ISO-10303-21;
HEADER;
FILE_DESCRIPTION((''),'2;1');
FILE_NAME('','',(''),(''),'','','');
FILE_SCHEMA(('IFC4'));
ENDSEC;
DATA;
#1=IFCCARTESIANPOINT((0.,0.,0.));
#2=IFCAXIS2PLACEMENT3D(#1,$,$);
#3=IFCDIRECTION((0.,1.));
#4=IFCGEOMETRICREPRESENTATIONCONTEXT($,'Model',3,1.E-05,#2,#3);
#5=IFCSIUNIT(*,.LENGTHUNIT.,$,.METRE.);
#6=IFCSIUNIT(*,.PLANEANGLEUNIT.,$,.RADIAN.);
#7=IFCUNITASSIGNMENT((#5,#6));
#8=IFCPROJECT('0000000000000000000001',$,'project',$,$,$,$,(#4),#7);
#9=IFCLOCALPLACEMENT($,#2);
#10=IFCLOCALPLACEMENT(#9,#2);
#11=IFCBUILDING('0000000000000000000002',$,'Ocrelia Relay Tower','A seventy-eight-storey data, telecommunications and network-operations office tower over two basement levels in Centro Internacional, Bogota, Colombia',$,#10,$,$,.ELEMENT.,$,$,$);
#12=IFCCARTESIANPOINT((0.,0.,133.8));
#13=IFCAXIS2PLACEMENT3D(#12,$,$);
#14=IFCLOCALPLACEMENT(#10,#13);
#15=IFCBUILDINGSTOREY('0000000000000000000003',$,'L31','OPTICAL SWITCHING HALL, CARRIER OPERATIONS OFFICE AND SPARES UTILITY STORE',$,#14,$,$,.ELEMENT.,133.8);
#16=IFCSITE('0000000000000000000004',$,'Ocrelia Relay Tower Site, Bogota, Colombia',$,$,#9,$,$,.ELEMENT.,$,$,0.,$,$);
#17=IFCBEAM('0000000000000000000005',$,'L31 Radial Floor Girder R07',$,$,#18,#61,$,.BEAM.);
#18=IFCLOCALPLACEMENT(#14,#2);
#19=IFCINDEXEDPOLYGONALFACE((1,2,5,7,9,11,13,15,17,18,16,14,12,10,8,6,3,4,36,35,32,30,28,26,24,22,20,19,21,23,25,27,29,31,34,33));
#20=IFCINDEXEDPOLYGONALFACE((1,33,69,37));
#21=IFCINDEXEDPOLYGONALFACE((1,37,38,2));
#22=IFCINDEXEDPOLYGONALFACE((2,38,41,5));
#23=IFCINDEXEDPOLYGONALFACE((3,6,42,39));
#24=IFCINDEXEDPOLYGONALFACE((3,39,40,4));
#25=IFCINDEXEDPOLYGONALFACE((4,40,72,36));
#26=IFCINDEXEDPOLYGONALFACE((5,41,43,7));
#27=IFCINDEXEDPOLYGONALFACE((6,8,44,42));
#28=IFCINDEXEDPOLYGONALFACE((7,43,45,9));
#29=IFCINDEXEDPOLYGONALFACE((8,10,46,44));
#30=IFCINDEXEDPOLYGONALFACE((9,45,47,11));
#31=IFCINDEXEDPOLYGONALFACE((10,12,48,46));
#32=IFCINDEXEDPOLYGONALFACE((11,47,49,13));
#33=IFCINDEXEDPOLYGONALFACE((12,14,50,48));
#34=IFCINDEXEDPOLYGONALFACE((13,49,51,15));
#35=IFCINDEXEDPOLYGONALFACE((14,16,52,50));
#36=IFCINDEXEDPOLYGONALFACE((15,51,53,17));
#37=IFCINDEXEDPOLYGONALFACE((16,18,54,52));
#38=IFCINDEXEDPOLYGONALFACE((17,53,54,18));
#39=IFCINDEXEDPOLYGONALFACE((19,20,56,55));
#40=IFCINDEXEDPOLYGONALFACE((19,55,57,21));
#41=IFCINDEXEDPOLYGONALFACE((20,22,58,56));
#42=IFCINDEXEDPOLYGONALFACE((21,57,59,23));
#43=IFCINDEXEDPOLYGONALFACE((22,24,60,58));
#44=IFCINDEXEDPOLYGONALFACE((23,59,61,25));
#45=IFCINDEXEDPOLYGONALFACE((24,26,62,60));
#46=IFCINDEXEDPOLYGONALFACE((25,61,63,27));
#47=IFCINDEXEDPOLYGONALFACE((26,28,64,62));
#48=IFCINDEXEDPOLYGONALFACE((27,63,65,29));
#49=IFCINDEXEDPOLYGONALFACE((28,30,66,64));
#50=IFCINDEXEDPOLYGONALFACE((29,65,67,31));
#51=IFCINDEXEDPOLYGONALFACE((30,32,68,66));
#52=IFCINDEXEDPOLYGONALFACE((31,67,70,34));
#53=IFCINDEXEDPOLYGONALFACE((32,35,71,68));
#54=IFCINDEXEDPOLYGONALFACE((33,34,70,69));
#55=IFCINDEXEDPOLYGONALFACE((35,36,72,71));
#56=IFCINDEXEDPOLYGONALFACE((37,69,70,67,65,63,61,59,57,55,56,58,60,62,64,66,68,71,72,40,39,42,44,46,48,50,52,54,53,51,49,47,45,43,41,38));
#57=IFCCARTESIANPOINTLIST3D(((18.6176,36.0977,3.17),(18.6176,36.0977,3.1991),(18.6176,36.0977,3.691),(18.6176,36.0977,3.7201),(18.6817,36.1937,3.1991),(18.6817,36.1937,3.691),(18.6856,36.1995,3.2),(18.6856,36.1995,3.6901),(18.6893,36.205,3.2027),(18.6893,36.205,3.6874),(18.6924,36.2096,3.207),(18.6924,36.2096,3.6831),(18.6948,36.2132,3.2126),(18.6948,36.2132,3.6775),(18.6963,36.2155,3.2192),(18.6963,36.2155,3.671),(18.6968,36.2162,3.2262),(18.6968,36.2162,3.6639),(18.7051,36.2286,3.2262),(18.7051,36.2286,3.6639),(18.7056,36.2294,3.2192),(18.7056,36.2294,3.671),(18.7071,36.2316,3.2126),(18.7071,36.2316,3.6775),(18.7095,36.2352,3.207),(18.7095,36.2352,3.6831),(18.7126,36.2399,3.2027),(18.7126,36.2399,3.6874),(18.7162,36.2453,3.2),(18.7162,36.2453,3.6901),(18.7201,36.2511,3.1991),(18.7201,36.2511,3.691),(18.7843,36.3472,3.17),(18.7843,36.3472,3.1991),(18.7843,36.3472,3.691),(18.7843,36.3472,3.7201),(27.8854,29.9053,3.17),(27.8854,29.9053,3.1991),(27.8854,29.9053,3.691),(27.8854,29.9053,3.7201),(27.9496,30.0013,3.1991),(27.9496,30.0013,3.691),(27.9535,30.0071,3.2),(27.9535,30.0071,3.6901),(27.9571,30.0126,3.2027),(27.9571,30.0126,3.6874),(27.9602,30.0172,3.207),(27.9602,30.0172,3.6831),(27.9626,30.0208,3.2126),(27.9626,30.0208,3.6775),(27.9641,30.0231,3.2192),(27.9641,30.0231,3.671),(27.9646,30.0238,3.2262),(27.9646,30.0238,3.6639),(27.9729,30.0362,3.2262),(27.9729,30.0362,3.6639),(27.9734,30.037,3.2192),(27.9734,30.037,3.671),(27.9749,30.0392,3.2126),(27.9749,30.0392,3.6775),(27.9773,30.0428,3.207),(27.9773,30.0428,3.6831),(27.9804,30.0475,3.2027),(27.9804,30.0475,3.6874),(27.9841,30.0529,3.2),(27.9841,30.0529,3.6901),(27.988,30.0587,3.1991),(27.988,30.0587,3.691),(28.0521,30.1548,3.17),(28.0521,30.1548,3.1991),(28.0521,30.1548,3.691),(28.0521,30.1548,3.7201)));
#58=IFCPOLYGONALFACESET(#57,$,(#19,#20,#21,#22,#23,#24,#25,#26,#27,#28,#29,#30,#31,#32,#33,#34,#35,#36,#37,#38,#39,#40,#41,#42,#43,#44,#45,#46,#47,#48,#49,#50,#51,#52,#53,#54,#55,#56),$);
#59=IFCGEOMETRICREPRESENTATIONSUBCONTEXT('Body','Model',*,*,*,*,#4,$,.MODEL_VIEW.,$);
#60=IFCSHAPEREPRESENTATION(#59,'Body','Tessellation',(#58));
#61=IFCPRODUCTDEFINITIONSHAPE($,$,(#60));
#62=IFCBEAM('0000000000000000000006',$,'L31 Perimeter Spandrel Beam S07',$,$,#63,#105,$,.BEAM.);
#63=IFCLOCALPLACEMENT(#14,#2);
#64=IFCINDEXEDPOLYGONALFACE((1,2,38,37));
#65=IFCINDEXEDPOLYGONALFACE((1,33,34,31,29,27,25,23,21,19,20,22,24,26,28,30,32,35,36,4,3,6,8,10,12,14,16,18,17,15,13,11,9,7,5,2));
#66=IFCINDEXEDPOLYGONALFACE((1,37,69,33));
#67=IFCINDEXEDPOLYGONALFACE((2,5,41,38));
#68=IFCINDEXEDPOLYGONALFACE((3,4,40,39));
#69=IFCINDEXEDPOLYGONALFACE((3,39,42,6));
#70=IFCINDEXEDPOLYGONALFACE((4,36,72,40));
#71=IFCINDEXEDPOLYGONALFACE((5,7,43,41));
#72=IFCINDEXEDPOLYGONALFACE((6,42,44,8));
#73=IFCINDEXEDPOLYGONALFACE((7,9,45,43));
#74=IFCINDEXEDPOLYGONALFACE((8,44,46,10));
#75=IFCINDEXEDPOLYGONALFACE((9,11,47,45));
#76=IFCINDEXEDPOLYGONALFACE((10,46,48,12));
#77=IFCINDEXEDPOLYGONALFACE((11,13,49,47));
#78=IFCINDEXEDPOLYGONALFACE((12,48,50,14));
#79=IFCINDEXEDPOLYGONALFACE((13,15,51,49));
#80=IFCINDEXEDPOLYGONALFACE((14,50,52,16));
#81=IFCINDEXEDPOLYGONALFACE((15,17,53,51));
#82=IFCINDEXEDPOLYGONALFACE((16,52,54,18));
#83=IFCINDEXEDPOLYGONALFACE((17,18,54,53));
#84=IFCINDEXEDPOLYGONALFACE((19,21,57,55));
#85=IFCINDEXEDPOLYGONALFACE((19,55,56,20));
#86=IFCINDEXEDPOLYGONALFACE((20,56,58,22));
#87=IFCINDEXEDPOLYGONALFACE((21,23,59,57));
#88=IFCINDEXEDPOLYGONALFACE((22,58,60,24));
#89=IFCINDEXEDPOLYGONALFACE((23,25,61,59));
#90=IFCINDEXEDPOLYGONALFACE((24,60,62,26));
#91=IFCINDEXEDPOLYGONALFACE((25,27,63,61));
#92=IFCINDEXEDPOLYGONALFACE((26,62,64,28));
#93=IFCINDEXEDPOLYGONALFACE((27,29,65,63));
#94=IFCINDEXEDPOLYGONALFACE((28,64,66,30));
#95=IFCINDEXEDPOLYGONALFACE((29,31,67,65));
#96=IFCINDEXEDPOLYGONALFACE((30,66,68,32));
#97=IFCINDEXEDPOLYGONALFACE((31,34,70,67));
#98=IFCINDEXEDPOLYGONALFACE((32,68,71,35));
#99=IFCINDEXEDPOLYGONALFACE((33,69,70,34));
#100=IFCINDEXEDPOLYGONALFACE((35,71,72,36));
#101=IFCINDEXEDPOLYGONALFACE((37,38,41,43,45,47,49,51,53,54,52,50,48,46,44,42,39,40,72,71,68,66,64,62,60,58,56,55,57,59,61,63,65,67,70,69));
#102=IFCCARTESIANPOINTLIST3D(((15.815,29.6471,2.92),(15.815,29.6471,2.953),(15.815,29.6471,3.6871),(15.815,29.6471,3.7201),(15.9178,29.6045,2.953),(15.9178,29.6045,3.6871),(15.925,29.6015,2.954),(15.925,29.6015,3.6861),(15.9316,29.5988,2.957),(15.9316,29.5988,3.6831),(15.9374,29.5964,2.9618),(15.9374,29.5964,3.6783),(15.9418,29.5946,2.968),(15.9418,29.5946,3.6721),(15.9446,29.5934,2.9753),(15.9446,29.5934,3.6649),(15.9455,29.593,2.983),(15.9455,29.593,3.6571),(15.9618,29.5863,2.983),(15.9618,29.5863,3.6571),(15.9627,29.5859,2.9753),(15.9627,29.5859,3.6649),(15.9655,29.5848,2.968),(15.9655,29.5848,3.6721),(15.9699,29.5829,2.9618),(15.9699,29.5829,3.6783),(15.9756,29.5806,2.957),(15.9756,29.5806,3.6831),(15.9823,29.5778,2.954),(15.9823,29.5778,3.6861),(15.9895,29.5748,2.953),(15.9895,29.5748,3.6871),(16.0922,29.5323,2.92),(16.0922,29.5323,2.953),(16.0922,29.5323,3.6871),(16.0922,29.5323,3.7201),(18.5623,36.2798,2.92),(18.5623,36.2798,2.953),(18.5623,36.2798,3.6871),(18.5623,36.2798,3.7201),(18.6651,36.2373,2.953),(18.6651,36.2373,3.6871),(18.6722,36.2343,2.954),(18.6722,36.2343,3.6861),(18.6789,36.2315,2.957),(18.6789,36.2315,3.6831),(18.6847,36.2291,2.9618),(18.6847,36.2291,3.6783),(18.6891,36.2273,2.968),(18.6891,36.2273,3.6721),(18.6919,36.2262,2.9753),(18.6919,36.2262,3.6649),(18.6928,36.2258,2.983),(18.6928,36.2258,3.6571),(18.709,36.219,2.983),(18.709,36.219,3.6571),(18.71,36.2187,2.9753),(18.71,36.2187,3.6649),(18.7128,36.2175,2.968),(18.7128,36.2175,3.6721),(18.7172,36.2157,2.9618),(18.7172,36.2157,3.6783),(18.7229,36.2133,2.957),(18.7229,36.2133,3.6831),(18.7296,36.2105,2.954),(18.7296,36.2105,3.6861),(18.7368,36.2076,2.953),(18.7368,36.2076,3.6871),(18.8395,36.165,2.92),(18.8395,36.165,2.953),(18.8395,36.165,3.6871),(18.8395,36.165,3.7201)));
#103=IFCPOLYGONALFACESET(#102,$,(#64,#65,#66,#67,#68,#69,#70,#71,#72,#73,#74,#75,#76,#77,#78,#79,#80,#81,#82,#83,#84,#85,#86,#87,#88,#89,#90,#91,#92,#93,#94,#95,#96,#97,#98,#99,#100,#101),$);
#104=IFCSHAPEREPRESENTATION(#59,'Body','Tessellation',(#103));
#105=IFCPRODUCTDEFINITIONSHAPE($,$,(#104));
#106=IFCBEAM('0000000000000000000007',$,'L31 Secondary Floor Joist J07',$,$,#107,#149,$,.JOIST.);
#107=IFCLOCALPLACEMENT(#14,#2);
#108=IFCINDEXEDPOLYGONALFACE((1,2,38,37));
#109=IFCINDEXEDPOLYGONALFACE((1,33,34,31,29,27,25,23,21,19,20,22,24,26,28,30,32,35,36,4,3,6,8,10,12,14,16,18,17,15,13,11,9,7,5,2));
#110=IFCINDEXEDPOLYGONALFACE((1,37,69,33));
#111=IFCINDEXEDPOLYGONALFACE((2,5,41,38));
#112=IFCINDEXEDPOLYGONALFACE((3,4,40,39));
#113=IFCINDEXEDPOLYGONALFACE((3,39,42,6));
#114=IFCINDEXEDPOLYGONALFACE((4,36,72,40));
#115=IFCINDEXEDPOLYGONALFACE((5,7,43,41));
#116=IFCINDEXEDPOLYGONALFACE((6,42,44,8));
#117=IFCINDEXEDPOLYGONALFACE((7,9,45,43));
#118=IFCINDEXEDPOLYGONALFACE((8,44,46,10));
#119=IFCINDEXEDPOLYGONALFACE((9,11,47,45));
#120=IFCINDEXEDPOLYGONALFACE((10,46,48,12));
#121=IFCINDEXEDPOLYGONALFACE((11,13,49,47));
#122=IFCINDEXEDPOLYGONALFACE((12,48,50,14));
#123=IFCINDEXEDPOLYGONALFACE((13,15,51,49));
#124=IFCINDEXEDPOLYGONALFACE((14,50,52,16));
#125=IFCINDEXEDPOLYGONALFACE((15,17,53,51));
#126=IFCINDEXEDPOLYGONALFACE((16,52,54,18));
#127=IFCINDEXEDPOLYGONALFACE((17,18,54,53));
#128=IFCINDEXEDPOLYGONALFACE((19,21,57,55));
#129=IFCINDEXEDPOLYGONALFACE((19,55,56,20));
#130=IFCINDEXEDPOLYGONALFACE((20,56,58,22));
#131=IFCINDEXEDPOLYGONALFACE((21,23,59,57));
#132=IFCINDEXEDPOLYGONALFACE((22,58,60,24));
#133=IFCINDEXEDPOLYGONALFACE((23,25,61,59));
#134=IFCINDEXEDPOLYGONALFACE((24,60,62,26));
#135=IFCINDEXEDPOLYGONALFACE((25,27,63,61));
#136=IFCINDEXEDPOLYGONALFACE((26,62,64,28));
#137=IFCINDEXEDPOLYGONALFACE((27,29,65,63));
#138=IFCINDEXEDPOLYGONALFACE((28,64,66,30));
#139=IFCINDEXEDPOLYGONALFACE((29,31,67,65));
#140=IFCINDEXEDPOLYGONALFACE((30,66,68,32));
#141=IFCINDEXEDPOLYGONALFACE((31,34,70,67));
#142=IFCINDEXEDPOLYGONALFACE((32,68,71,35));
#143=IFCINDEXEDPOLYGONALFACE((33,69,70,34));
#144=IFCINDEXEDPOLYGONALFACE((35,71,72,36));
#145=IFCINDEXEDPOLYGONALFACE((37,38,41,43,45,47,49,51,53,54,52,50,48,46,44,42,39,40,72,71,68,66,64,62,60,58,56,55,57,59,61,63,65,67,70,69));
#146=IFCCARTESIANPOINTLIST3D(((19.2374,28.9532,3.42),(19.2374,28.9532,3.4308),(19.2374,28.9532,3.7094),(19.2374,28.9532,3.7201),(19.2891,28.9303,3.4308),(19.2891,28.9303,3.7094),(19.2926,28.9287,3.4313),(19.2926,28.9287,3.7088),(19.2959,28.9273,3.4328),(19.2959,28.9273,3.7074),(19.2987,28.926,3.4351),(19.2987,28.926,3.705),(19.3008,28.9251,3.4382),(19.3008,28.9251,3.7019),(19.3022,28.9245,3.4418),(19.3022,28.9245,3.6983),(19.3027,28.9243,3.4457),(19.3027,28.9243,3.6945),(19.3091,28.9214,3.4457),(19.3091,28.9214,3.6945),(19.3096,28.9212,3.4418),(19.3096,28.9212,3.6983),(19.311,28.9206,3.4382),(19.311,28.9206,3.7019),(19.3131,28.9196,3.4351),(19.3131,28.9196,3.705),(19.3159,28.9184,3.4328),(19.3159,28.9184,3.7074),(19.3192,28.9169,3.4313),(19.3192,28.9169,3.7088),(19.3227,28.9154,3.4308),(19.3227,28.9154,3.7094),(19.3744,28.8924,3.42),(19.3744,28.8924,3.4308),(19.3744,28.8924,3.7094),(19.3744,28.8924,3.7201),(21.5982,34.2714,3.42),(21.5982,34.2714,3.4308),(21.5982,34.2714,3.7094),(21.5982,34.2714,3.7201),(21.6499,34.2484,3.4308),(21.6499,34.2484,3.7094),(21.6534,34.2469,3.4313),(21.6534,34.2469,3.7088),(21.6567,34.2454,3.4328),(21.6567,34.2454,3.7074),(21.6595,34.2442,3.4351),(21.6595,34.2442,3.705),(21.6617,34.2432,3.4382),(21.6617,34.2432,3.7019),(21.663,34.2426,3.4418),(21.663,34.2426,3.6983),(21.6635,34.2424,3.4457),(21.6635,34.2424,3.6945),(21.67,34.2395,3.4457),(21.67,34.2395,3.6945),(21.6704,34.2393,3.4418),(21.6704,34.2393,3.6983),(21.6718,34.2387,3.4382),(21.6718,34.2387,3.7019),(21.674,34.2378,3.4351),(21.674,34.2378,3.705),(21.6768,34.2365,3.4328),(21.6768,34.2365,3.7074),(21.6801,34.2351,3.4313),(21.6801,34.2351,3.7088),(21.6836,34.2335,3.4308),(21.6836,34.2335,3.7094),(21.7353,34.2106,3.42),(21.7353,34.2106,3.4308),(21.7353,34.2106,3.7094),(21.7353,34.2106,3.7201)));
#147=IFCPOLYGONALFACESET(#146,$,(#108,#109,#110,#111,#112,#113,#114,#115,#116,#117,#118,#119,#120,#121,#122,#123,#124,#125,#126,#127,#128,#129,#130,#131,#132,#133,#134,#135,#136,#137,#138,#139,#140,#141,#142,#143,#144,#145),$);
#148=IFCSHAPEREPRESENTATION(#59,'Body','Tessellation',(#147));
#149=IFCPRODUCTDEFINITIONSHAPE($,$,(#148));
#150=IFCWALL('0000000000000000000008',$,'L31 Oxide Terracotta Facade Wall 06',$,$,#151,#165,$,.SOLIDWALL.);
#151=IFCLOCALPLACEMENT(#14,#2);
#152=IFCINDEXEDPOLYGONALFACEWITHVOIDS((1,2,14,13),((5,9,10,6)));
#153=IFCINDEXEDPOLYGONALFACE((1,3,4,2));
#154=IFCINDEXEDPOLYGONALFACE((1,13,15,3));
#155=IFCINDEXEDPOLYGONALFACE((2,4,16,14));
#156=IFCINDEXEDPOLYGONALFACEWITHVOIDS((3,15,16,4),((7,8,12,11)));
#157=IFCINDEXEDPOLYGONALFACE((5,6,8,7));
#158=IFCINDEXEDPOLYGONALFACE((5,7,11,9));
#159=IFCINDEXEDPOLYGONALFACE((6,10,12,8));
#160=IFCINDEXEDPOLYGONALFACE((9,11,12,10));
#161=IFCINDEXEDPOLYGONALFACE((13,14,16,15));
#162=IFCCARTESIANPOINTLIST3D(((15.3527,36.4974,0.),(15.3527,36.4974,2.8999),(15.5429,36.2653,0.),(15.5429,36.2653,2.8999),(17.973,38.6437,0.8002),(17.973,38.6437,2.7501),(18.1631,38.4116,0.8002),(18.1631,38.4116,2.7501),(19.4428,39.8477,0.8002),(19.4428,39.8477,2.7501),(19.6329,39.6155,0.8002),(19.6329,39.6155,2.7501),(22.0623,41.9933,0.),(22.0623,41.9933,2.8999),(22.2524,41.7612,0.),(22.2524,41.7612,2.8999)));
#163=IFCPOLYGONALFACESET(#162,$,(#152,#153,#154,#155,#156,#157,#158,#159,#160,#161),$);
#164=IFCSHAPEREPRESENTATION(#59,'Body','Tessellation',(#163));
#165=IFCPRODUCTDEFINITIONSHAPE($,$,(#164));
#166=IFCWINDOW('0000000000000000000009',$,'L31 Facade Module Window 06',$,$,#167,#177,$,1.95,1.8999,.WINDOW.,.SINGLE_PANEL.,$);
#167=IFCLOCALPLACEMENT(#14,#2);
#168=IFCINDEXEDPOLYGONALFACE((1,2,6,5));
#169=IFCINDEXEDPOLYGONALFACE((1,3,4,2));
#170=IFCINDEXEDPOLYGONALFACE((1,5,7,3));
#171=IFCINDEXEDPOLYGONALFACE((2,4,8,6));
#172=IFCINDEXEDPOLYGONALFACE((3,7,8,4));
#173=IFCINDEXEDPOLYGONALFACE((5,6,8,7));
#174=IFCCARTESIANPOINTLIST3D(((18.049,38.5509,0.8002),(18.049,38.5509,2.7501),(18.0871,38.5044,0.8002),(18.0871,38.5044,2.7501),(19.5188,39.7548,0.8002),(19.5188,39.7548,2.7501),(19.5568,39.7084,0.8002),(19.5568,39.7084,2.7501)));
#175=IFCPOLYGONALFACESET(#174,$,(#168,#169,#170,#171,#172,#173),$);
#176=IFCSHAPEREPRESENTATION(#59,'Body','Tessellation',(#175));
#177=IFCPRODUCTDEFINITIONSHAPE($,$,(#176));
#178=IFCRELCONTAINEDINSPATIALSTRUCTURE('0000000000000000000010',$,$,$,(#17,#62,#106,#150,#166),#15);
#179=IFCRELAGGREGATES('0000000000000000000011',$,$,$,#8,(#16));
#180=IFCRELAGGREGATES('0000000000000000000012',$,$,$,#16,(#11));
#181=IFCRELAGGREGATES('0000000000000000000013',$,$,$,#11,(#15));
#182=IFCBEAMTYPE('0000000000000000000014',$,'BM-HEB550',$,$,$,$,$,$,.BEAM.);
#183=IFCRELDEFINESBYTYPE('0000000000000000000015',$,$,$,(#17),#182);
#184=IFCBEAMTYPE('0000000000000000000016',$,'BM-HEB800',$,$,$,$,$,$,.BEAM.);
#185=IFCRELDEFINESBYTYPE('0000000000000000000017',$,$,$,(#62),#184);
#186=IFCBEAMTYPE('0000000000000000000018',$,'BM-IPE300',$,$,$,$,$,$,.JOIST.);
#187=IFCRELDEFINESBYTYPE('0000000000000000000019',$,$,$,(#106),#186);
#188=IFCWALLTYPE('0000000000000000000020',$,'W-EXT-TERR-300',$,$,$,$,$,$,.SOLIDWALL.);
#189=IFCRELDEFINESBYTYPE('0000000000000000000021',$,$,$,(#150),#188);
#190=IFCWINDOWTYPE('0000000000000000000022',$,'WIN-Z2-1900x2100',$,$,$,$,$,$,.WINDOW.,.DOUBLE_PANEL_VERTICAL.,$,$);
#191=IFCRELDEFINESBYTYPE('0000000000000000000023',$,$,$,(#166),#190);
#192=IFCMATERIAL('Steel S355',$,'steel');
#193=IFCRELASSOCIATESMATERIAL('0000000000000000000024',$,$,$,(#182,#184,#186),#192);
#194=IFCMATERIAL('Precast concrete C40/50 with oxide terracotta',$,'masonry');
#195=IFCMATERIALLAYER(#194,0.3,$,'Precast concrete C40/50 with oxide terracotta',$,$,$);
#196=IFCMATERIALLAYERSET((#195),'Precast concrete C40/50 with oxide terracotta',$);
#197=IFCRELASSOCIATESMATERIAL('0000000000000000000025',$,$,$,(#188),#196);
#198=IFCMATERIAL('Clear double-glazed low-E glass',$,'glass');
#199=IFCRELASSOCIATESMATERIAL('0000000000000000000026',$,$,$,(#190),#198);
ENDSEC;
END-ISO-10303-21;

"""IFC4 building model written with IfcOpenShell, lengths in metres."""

from ifc_helpers import new_model, si_unit, direction, frame, frame_2d, origin, origin_2d, place, context, subcontext, project, spatial, rectangle, i_section, extrude, material, layer, layer_set, material_profile, profile_set, type_object, element, fill, save


model = new_model("IFC4")

# Units and contexts
model_context = context("Model", 3, precision=1e-05, world=origin(), true_north=direction((0.0, 1.0)))
body_context = subcontext(model_context, "Body", "Model", "MODEL_VIEW")
ifc_project = project(units=[si_unit("LENGTHUNIT", "METRE"), si_unit("PLANEANGLEUNIT", "RADIAN")], contexts=[model_context])

# Site, building, storey
site_placement = place(None, origin())
site = spatial("IfcSite", under=ifc_project, at=site_placement, Name="Ocrelia Relay Tower Site, Bogota, Colombia", CompositionType="ELEMENT", RefElevation=0.0)
building_placement = place(site_placement, origin())
building = spatial("IfcBuilding", under=site, at=building_placement, Name="Ocrelia Relay Tower", Description="A seventy-eight-storey data, telecommunications and network-operations office tower over two basement levels in Centro Internacional, Bogota, Colombia", CompositionType="ELEMENT")
storey_placement = place(building_placement, frame((0.0, 0.0, 133.8)))
storey = spatial("IfcBuildingStorey", under=building, at=storey_placement, Name="L31", Description="OPTICAL SWITCHING HALL, CARRIER OPERATIONS OFFICE AND SPARES UTILITY STORE", CompositionType="ELEMENT", Elevation=133.8)

# Beams
ifc_material_1 = material(Name="Steel S355", Category="steel")
ifc_material_profile_1 = material_profile(ifc_material_1, i_section(OverallWidth=0.3, OverallDepth=0.55, WebThickness=0.0149, FlangeThickness=0.0291, FilletRadius=0.0271, at=origin_2d()), Name="HEB 550")
ifc_profile_set_1 = profile_set([ifc_material_profile_1], Name="Steel S355")
beam_type_1 = type_object("IfcBeamType", Name="BM-HEB550", PredefinedType="BEAM", material=ifc_profile_set_1)
beam_1_placement = place(storey_placement, frame((18.7009, 36.2224, 3.4451), z_axis=(0.831477, -0.555559, 0.0), x_axis=(0.555559, 0.831477, 0.0)))
element("IfcBeam", 1, at=beam_1_placement, inside=storey, type_object=beam_type_1, Name="L31 Radial Floor Girder R07", PredefinedType="BEAM", context=body_context, shape_type="SweptSolid", body=[
    extrude(i_section(OverallWidth=0.3, OverallDepth=0.55, WebThickness=0.0149, FlangeThickness=0.0291, FilletRadius=0.0271, at=origin_2d()), origin(), (0.0, 0.0, 1.0), 11.1462),
])
ifc_material_profile_2 = material_profile(ifc_material_1, i_section(OverallWidth=0.3, OverallDepth=0.8, WebThickness=0.0176, FlangeThickness=0.033, FilletRadius=0.03, at=origin_2d()), Name="HEB 800")
ifc_profile_set_2 = profile_set([ifc_material_profile_2], Name="Steel S355")
beam_type_2 = type_object("IfcBeamType", Name="BM-HEB800", PredefinedType="BEAM", material=ifc_profile_set_2)
beam_2_placement = place(storey_placement, frame((18.7009, 36.2224, 3.3201), z_axis=(-0.382673, -0.923884, 0.0), x_axis=(0.923884, -0.382673, 0.0)))
element("IfcBeam", 2, at=beam_2_placement, inside=storey, type_object=beam_type_2, Name="L31 Perimeter Spandrel Beam S07", PredefinedType="BEAM", context=body_context, shape_type="SweptSolid", body=[
    extrude(i_section(OverallWidth=0.3, OverallDepth=0.8, WebThickness=0.0176, FlangeThickness=0.033, FilletRadius=0.03, at=origin_2d()), origin(), (0.0, 0.0, 1.0), 7.1792),
])
ifc_material_profile_3 = material_profile(ifc_material_1, i_section(OverallWidth=0.1499, OverallDepth=0.3, WebThickness=0.0071, FlangeThickness=0.0107, FilletRadius=0.0149, at=origin_2d()), Name="IPE 300")
ifc_profile_set_3 = profile_set([ifc_material_profile_3], Name="Steel S355")
beam_type_3 = type_object("IfcBeamType", Name="BM-IPE300", PredefinedType="JOIST", material=ifc_profile_set_3)
beam_3_placement = place(storey_placement, frame((21.6667, 34.241, 3.5701), z_axis=(-0.405741, -0.913988, 0.0), x_axis=(0.913988, -0.405741, 0.0)))
element("IfcBeam", 3, at=beam_3_placement, inside=storey, type_object=beam_type_3, Name="L31 Secondary Floor Joist J07", PredefinedType="JOIST", context=body_context, shape_type="SweptSolid", body=[
    extrude(i_section(OverallWidth=0.1499, OverallDepth=0.3, WebThickness=0.0071, FlangeThickness=0.0107, FilletRadius=0.0149, at=origin_2d()), origin(), (0.0, 0.0, 1.0), 5.8186),
])

# Wall, opening, window
ifc_material_2 = material(Name="Precast concrete C40/50 with oxide terracotta", Category="masonry")
ifc_layer_1 = layer(ifc_material_2, 0.3, Name="Precast concrete C40/50 with oxide terracotta")
ifc_layer_set_1 = layer_set([ifc_layer_1], Name="Precast concrete C40/50 with oxide terracotta")
wall_type_1 = type_object("IfcWallType", Name="W-EXT-TERR-300", PredefinedType="SOLIDWALL", material=ifc_layer_set_1)
wall_1_placement = place(storey_placement, frame((22.1572, 41.8772, 0.0), z_axis=(0.0, 0.0, 1.0), x_axis=(-0.773602, -0.633671, 0.0)))
wall_1 = element("IfcWall", 4, at=wall_1_placement, inside=storey, type_object=wall_type_1, Name="L31 Oxide Terracotta Facade Wall 06", PredefinedType="SOLIDWALL", context=body_context, shape_type="SweptSolid", body=[
    extrude(rectangle(XDim=8.6731, YDim=0.3, at=frame_2d((4.3364, 0.0))), origin(), (0.0, 0.0, 1.0), 2.8999),
])
opening_1_placement = place(wall_1_placement, frame((3.386, 0.0, 0.8)))
opening_1 = element("IfcOpeningElement", 5, at=opening_1_placement, cuts=wall_1, PredefinedType="OPENING", context=body_context, shape_type="SweptSolid", body=[
    extrude(rectangle(XDim=1.8999, YDim=1.95, at=frame_2d((0.95, 0.9751))), frame((0.0, 0.1602, 0.0), z_axis=(0.0, -1.0, 0.0), x_axis=(1.0, 0.0, 0.0)), (0.0, 0.0, 1.0), 0.3201),
])
ifc_material_3 = material(Name="Clear double-glazed low-E glass", Category="glass")
window_type = type_object("IfcWindowType", Name="WIN-Z2-1900x2100", PartitioningType="DOUBLE_PANEL_VERTICAL", PredefinedType="WINDOW", material=ifc_material_3)
window_1_placement = place(opening_1_placement, origin())
window_1 = element("IfcWindow", 6, at=window_1_placement, inside=storey, type_object=window_type, Name="L31 Facade Module Window 06", OverallHeight=1.95, OverallWidth=1.8999, PartitioningType="SINGLE_PANEL", PredefinedType="WINDOW", context=body_context, shape_type="SweptSolid", body=[
    extrude(rectangle(XDim=1.8999, YDim=1.95, at=frame_2d((0.95, 0.9751))), frame((0.0, 0.03, 0.0), z_axis=(0.0, -1.0, 0.0), x_axis=(1.0, 0.0, 0.0)), (0.0, 0.0, 1.0), 0.0601),
])
fill(opening_1, window_1)

save(model, "model.ifc")
